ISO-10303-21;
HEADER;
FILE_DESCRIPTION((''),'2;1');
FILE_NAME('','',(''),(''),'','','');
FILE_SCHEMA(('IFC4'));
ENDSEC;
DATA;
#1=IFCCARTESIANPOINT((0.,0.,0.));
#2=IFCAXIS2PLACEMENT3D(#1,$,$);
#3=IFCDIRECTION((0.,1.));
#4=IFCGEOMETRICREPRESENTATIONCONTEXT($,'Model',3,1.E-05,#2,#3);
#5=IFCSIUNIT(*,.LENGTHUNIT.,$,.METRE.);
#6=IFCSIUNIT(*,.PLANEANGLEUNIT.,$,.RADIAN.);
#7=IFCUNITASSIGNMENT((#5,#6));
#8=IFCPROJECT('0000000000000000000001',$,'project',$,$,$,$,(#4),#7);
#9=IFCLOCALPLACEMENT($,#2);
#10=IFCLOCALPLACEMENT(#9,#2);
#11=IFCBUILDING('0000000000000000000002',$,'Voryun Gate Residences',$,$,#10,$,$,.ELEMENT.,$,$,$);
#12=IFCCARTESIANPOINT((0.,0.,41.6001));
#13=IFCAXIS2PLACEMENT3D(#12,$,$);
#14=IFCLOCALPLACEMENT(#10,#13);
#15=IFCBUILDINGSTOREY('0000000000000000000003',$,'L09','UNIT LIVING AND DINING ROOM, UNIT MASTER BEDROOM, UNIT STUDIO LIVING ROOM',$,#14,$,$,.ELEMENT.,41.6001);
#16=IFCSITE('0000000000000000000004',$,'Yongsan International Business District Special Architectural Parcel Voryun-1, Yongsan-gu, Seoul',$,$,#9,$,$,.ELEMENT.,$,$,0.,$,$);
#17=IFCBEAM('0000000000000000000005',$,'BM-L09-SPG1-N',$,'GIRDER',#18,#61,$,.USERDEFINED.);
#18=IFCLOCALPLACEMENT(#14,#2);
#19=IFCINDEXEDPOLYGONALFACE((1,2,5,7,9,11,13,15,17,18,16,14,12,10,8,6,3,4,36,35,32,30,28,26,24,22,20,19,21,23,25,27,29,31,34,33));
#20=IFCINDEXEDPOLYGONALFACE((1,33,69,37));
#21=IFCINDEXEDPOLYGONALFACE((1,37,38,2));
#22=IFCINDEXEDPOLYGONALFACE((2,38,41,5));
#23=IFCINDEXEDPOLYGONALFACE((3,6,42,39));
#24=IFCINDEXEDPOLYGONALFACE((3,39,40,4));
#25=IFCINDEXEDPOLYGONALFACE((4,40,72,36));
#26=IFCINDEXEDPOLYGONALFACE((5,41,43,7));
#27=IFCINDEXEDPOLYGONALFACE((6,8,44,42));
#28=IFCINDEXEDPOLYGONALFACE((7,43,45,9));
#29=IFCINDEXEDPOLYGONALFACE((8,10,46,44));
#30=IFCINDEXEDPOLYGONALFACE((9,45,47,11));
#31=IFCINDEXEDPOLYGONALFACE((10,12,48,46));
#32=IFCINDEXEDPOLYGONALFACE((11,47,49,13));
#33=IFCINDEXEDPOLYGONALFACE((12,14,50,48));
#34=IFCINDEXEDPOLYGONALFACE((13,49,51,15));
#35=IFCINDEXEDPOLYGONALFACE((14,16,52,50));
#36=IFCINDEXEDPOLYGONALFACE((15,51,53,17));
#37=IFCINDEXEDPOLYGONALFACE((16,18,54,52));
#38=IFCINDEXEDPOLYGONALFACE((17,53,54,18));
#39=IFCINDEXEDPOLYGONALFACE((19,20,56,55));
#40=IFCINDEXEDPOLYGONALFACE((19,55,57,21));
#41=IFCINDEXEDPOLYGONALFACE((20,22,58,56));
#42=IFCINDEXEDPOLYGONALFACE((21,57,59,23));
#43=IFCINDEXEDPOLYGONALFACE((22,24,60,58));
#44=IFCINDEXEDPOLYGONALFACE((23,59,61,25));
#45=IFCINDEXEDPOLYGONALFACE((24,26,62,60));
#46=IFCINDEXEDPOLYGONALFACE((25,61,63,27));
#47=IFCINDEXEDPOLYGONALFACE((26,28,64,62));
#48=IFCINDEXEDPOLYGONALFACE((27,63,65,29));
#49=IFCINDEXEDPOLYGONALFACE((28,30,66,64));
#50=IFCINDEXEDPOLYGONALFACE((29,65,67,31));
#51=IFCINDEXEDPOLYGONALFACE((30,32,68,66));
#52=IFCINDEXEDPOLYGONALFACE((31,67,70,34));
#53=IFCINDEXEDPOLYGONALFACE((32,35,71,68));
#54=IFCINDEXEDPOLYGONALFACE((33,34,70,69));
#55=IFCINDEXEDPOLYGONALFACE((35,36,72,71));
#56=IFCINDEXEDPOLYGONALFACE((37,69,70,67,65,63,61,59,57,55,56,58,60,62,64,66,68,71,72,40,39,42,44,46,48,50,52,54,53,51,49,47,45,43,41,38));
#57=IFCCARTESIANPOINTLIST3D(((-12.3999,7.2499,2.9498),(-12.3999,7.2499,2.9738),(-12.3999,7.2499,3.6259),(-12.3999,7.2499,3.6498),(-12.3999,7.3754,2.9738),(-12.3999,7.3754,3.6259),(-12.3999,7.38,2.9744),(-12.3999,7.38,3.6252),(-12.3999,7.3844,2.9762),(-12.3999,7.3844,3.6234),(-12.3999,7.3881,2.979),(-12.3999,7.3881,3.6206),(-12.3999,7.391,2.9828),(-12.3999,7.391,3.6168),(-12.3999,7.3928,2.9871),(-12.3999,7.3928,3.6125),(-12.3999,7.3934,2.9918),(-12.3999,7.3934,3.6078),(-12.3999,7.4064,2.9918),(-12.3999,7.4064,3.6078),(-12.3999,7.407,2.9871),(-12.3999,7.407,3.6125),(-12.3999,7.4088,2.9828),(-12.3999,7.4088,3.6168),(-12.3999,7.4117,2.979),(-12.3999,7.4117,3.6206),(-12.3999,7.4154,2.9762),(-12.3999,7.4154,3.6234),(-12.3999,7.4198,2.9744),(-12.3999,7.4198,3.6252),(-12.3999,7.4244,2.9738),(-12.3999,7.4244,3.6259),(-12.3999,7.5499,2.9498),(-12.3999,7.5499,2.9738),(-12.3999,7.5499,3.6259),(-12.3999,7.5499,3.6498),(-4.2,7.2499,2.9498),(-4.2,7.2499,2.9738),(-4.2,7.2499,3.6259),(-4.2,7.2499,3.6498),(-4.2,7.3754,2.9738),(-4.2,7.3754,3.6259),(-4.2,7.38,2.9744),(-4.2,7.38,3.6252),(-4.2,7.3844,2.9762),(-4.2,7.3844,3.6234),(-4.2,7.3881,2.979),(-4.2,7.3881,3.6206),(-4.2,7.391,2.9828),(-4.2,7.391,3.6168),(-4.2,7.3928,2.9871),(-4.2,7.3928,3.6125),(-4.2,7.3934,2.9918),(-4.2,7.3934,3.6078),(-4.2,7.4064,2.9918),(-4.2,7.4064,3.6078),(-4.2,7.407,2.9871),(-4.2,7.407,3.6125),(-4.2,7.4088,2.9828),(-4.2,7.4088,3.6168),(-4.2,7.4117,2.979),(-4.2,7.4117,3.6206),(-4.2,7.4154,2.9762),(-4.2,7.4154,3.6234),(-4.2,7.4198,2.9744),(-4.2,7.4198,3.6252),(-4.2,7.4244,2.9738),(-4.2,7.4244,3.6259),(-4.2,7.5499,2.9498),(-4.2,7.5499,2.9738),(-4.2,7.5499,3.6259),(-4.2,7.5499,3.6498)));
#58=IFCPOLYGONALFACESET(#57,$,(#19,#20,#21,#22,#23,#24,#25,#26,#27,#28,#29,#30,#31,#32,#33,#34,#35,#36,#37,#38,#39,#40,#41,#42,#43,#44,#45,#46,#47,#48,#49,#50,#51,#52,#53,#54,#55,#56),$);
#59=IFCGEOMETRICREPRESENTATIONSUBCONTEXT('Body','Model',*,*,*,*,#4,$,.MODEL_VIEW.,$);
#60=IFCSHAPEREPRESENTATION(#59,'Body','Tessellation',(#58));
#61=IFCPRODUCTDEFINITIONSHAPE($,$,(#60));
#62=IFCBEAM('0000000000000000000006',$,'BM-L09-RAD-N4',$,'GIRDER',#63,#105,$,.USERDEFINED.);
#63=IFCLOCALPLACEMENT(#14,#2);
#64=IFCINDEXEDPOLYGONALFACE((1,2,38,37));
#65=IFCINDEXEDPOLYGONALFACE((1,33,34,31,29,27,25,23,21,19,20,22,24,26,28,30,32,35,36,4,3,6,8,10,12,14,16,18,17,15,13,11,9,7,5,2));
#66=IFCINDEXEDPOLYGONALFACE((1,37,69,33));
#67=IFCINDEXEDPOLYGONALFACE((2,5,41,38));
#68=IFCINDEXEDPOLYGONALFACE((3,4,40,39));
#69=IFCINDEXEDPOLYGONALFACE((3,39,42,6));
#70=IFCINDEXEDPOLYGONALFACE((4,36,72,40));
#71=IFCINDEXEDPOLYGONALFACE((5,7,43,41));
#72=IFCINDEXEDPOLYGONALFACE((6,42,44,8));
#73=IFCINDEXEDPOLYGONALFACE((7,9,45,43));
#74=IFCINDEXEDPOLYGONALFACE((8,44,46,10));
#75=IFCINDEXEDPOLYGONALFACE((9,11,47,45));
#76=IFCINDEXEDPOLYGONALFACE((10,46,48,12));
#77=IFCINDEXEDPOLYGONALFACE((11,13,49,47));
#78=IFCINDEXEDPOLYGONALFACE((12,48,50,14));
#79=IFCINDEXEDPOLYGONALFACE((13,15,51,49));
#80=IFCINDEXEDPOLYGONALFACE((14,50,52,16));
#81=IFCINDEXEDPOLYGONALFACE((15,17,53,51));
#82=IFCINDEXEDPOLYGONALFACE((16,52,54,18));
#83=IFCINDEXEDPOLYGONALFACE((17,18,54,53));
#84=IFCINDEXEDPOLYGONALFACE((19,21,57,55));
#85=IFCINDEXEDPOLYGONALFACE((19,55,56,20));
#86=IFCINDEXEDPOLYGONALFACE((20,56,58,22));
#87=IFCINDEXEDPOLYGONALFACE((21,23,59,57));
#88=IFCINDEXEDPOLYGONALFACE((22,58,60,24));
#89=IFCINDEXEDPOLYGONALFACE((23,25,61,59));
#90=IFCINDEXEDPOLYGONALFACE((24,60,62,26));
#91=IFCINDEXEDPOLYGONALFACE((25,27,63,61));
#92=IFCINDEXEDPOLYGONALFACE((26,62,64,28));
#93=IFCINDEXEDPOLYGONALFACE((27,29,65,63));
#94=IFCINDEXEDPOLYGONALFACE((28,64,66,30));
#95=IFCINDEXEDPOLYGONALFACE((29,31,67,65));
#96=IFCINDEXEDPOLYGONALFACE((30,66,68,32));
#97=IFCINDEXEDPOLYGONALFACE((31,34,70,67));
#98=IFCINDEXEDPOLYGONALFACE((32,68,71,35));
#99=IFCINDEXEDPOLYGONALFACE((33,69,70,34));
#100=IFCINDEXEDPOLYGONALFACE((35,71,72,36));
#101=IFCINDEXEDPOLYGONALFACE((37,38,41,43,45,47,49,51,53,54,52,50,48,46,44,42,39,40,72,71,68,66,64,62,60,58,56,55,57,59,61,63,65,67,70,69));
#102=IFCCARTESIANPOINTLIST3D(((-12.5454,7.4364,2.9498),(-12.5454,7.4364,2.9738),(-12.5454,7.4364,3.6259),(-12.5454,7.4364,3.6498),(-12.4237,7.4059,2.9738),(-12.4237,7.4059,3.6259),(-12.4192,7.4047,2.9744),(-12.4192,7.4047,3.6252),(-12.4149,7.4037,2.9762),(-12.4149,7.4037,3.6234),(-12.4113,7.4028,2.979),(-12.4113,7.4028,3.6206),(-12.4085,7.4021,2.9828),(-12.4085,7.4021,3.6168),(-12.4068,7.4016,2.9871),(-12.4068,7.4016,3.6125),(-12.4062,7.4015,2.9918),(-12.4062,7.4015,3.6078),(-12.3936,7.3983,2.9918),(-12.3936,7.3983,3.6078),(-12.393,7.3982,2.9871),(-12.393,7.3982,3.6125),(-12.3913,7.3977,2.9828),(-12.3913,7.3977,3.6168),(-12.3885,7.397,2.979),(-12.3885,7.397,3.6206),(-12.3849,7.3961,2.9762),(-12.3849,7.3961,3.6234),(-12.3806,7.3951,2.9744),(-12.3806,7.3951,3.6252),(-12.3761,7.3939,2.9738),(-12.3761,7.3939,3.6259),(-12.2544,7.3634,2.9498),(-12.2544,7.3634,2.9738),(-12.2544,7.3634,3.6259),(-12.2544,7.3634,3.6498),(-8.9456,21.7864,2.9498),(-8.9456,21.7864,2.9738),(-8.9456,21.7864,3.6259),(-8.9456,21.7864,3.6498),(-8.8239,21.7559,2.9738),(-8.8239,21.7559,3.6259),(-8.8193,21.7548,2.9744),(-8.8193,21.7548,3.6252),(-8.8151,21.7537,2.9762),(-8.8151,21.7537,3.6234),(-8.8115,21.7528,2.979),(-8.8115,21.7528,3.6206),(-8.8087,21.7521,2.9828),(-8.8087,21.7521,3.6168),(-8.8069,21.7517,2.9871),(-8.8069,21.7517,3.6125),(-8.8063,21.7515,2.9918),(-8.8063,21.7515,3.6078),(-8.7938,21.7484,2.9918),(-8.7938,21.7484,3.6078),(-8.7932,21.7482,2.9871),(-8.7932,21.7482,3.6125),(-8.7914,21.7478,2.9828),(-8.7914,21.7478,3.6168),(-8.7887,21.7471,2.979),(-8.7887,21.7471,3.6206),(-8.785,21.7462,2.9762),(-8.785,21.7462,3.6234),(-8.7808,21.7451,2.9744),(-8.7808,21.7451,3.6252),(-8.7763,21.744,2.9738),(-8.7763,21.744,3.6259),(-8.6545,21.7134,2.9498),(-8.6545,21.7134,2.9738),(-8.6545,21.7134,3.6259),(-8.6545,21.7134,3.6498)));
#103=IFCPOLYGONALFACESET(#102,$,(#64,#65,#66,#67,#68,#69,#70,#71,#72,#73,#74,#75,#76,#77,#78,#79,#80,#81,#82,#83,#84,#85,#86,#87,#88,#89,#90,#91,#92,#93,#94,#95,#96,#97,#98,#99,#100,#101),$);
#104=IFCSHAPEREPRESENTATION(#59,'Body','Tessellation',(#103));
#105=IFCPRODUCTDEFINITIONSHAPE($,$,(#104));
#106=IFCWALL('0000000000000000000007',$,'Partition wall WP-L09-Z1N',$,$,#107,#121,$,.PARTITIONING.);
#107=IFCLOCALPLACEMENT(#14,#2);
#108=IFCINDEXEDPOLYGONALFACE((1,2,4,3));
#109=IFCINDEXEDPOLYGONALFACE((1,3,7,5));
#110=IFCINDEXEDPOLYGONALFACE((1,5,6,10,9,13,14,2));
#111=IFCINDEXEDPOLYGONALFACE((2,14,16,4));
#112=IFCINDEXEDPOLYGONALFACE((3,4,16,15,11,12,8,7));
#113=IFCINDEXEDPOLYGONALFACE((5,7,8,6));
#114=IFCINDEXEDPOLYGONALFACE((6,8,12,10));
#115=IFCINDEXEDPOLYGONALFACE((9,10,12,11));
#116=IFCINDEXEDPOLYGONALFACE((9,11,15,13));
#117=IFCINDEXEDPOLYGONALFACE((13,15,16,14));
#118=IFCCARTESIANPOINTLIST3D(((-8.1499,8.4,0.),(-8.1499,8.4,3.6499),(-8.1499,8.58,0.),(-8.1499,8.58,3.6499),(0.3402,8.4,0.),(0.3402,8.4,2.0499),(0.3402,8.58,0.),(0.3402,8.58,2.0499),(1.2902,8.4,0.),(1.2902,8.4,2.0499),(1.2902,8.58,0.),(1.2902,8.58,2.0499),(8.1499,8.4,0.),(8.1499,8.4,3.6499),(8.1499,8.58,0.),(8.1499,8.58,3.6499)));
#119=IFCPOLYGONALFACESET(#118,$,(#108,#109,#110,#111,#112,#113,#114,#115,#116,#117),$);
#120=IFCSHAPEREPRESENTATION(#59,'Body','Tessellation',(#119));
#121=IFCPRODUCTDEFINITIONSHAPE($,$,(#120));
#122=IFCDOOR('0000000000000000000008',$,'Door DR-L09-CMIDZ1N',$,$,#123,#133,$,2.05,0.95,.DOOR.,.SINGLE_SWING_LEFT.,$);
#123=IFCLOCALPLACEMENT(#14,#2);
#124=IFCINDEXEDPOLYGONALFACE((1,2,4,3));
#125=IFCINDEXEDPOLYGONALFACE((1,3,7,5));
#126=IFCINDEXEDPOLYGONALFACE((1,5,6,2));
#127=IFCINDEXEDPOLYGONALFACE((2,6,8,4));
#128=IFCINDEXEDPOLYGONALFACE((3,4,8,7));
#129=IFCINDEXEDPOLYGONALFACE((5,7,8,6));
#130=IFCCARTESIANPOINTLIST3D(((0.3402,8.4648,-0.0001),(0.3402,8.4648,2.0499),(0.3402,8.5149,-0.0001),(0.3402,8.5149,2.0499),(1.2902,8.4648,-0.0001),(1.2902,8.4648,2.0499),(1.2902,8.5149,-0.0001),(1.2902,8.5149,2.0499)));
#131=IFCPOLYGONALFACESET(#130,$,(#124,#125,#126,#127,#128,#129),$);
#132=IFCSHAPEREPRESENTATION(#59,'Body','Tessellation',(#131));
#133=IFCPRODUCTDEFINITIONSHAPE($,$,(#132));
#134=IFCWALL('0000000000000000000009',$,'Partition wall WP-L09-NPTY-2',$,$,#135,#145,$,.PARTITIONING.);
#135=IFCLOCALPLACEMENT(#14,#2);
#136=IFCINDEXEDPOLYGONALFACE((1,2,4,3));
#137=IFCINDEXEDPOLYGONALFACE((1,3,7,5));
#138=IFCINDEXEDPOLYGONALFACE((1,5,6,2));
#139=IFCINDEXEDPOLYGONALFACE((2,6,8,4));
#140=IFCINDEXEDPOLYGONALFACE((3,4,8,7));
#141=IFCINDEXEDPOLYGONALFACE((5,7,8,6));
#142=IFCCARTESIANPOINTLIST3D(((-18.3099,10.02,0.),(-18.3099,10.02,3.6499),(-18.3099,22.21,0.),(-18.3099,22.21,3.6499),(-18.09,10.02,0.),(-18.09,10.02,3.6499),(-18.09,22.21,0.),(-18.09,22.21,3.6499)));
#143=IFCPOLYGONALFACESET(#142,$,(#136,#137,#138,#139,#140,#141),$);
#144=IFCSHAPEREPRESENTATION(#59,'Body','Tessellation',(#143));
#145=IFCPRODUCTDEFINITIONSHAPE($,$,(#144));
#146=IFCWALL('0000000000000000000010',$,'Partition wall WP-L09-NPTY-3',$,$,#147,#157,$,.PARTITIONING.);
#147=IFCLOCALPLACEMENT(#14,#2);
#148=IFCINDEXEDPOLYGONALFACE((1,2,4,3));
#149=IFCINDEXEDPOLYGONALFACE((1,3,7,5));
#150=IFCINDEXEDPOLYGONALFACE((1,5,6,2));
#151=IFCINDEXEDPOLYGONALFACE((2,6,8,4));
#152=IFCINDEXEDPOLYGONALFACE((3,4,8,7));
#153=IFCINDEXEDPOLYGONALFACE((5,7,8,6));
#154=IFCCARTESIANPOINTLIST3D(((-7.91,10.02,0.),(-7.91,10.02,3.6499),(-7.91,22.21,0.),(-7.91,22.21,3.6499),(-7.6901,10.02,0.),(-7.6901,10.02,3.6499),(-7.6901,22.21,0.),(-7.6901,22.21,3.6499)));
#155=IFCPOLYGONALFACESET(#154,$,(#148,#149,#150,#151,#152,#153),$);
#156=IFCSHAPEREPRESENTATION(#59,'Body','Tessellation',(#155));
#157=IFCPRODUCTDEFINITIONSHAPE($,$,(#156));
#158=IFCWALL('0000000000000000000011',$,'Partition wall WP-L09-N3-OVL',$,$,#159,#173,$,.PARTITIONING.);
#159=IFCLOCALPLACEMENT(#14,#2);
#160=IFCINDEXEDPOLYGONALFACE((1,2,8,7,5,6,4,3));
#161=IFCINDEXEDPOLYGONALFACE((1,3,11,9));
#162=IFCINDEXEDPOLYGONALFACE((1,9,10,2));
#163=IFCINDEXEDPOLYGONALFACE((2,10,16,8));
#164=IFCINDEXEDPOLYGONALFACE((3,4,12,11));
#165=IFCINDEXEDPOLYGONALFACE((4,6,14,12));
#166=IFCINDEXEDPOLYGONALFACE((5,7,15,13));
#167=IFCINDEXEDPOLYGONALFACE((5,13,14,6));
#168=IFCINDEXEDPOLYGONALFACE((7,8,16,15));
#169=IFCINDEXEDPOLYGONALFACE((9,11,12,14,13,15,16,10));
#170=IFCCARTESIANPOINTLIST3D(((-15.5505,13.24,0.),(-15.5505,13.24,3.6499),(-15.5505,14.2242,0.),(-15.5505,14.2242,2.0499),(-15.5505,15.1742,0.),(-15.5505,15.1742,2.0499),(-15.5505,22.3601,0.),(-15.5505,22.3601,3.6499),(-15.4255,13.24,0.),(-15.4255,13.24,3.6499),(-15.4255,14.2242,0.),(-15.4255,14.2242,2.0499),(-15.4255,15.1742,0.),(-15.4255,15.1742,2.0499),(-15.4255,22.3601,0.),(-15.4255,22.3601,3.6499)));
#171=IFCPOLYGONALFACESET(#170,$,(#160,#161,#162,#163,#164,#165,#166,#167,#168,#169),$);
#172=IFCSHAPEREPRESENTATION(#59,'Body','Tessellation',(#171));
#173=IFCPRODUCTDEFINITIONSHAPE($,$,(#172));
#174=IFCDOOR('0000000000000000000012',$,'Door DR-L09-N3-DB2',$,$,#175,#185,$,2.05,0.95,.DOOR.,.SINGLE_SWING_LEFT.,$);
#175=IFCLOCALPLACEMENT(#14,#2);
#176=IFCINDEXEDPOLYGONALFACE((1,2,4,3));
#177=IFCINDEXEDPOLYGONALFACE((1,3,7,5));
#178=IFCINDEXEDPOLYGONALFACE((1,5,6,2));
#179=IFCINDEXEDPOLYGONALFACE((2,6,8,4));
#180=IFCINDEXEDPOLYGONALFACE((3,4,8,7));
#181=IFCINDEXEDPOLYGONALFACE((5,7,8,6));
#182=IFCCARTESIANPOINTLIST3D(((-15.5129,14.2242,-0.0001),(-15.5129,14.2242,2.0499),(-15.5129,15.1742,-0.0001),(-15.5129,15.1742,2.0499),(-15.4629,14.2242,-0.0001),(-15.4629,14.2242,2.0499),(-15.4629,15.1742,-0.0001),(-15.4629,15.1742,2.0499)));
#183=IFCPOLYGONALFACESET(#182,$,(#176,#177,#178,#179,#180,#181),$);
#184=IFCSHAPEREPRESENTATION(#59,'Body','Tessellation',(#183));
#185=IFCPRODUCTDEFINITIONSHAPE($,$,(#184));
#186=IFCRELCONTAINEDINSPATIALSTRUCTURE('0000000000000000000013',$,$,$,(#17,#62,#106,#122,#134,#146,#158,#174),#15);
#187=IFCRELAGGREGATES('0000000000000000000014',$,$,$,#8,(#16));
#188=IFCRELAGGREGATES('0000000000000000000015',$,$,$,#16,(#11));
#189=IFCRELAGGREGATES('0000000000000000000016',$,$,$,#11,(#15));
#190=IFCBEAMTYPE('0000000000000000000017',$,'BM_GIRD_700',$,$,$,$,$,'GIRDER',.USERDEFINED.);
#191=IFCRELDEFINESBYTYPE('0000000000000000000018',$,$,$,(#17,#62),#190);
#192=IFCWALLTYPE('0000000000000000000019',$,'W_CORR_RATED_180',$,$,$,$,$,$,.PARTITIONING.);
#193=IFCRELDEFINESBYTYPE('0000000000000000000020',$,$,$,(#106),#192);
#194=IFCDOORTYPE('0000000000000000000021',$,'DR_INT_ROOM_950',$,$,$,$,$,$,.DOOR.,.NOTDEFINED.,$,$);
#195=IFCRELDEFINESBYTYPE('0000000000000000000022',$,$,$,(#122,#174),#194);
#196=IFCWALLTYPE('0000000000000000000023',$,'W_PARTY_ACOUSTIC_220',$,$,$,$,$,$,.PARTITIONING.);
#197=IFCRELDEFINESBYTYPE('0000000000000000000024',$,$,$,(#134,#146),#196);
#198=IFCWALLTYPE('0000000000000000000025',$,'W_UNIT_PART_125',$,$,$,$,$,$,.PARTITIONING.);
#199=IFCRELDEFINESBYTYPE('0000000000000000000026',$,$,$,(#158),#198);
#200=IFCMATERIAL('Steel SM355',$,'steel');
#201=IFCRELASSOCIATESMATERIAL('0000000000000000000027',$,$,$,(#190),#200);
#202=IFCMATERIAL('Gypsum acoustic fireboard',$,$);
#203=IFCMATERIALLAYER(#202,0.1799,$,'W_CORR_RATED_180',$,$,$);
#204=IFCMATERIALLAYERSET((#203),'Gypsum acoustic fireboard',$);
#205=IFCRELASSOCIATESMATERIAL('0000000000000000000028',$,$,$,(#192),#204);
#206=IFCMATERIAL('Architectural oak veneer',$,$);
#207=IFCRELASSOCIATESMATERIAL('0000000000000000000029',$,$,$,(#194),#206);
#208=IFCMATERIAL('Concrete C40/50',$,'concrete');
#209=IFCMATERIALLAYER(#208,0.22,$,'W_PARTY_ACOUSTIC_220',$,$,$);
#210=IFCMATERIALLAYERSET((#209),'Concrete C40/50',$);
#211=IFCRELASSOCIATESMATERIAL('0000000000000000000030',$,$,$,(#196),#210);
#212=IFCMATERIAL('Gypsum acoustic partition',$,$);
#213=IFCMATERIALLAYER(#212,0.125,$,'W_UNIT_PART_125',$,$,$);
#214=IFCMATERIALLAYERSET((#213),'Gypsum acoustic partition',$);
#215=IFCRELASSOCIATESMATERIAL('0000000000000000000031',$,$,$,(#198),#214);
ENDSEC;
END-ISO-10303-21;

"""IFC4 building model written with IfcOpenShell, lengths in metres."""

from ifc_helpers import new_model, si_unit, direction, frame, frame_2d, origin, origin_2d, place, context, subcontext, project, spatial, rectangle, i_section, extrude, material, layer, layer_set, material_profile, profile_set, type_object, element, fill, save


model = new_model("IFC4")

# Units and contexts
model_context = context("Model", 3, precision=1e-05, world=origin(), true_north=direction((0.0, 1.0)))
body_context = subcontext(model_context, "Body", "Model", "MODEL_VIEW")
ifc_project = project(units=[si_unit("LENGTHUNIT", "METRE"), si_unit("PLANEANGLEUNIT", "RADIAN")], contexts=[model_context])

# Site, building, storey
site_placement = place(None, origin())
site = spatial("IfcSite", under=ifc_project, at=site_placement, Name="Yongsan International Business District Special Architectural Parcel Voryun-1, Yongsan-gu, Seoul", CompositionType="ELEMENT", RefElevation=0.0)
building_placement = place(site_placement, origin())
building = spatial("IfcBuilding", under=site, at=building_placement, Name="Voryun Gate Residences", CompositionType="ELEMENT")
storey_placement = place(building_placement, frame((0.0, 0.0, 41.6001)))
storey = spatial("IfcBuildingStorey", under=building, at=storey_placement, Name="L09", Description="UNIT LIVING AND DINING ROOM, UNIT MASTER BEDROOM, UNIT STUDIO LIVING ROOM", CompositionType="ELEMENT", Elevation=41.6001)

# Beams
ifc_material_1 = material(Name="Steel SM355", Category="steel")
ifc_material_profile_1 = material_profile(ifc_material_1, i_section(OverallWidth=0.3, OverallDepth=0.7, WebThickness=0.0129, FlangeThickness=0.0239, FilletRadius=0.0181, at=origin_2d()), Name="H-700x300x13x24")
ifc_profile_set_1 = profile_set([ifc_material_profile_1], Name="Steel SM355")
beam_type_1 = type_object("IfcBeamType", Name="BM_GIRD_700", ElementType="GIRDER", PredefinedType="USERDEFINED", material=ifc_profile_set_1)
beam_1_placement = place(storey_placement, frame((-12.3999, 7.3999, 3.2998), z_axis=(1.0, 0.0, 0.0), x_axis=(0.0, 1.0, 0.0)))
element("IfcBeam", 1, at=beam_1_placement, inside=storey, type_object=beam_type_1, Name="BM-L09-SPG1-N", ObjectType="GIRDER", PredefinedType="USERDEFINED", context=body_context, shape_type="SweptSolid", body=[
    extrude(i_section(OverallWidth=0.3, OverallDepth=0.7, WebThickness=0.0129, FlangeThickness=0.0239, FilletRadius=0.0181, at=origin_2d()), origin(), (0.0, 0.0, 1.0), 8.2),
])
beam_2_placement = place(storey_placement, frame((-12.3999, 7.3999, 3.2998), z_axis=(0.24332, 0.969946, 0.0), x_axis=(-0.969946, 0.24332, 0.0)))
element("IfcBeam", 2, at=beam_2_placement, inside=storey, type_object=beam_type_1, Name="BM-L09-RAD-N4", ObjectType="GIRDER", PredefinedType="USERDEFINED", context=body_context, shape_type="SweptSolid", body=[
    extrude(i_section(OverallWidth=0.3, OverallDepth=0.7, WebThickness=0.0129, FlangeThickness=0.0239, FilletRadius=0.0181, at=origin_2d()), origin(), (0.0, 0.0, 1.0), 14.7947),
])

# Wall, opening, door
ifc_material_2 = material(Name="Gypsum acoustic fireboard")
ifc_layer_1 = layer(ifc_material_2, 0.1799, Name="W_CORR_RATED_180")
ifc_layer_set_1 = layer_set([ifc_layer_1], Name="Gypsum acoustic fireboard")
wall_type_1 = type_object("IfcWallType", Name="W_CORR_RATED_180", PredefinedType="PARTITIONING", material=ifc_layer_set_1)
wall_1_placement = place(storey_placement, frame((-8.1499, 8.49, 0.0), z_axis=(0.0, 0.0, 1.0), x_axis=(1.0, 0.0, 0.0)))
wall_1 = element("IfcWall", 3, at=wall_1_placement, inside=storey, type_object=wall_type_1, Name="Partition wall WP-L09-Z1N", PredefinedType="PARTITIONING", context=body_context, shape_type="SweptSolid", body=[
    extrude(rectangle(XDim=16.2998, YDim=0.1799, at=frame_2d((8.1499, 0.0))), origin(), (0.0, 0.0, 1.0), 3.6499),
])
opening_1_placement = place(wall_1_placement, frame((8.49, 0.0, 0.0)))
opening_1 = element("IfcOpeningElement", 4, at=opening_1_placement, cuts=wall_1, PredefinedType="OPENING", context=body_context, shape_type="SweptSolid", body=[
    extrude(rectangle(XDim=0.95, YDim=2.05, at=frame_2d((0.4751, 1.0249))), frame((0.0, 0.0999, 0.0), z_axis=(0.0, -1.0, 0.0), x_axis=(1.0, 0.0, 0.0)), (0.0, 0.0, 1.0), 0.2),
])
ifc_material_3 = material(Name="Architectural oak veneer")
door_type_1 = type_object("IfcDoorType", Name="DR_INT_ROOM_950", OperationType="NOTDEFINED", PredefinedType="DOOR", material=ifc_material_3)
door_1_placement = place(opening_1_placement, origin())
door_1 = element("IfcDoor", 5, at=door_1_placement, inside=storey, type_object=door_type_1, Name="Door DR-L09-CMIDZ1N", OperationType="SINGLE_SWING_LEFT", OverallHeight=2.05, OverallWidth=0.95, PredefinedType="DOOR", context=body_context, shape_type="SweptSolid", body=[
    extrude(rectangle(XDim=0.95, YDim=2.05, at=frame_2d((0.4751, 1.0249))), frame((0.0, 0.0249, 0.0), z_axis=(0.0, -1.0, 0.0), x_axis=(1.0, 0.0, 0.0)), (0.0, 0.0, 1.0), 0.05),
])
fill(opening_1, door_1)

# Walls
ifc_material_4 = material(Name="Concrete C40/50", Category="concrete")
ifc_layer_2 = layer(ifc_material_4, 0.22, Name="W_PARTY_ACOUSTIC_220")
ifc_layer_set_2 = layer_set([ifc_layer_2], Name="Concrete C40/50")
wall_type_2 = type_object("IfcWallType", Name="W_PARTY_ACOUSTIC_220", PredefinedType="PARTITIONING", material=ifc_layer_set_2)
for number, where, z_axis, x_axis, name in (
    (6, (-18.2, 10.02, 0.0), (0.0, 0.0, 1.0), (0.0, 1.0, 0.0), "Partition wall WP-L09-NPTY-2"),
    (7, (-7.8, 10.02, 0.0), (0.0, 0.0, 1.0), (0.0, 1.0, 0.0), "Partition wall WP-L09-NPTY-3"),
):
    element("IfcWall", number, at=place(storey_placement, frame(where, z_axis=z_axis, x_axis=x_axis)), inside=storey, type_object=wall_type_2, Name=name, PredefinedType="PARTITIONING", context=body_context, shape_type="SweptSolid", body=[
        extrude(rectangle(XDim=12.1899, YDim=0.22, at=frame_2d((6.095, 0.0))), origin(), (0.0, 0.0, 1.0), 3.6499),
    ])

# Wall, opening, door
ifc_material_5 = material(Name="Gypsum acoustic partition")
ifc_layer_3 = layer(ifc_material_5, 0.125, Name="W_UNIT_PART_125")
ifc_layer_set_3 = layer_set([ifc_layer_3], Name="Gypsum acoustic partition")
wall_type_3 = type_object("IfcWallType", Name="W_UNIT_PART_125", PredefinedType="PARTITIONING", material=ifc_layer_set_3)
wall_2_placement = place(storey_placement, frame((-15.488, 13.24, 0.0), z_axis=(0.0, 0.0, 1.0), x_axis=(0.0, 1.0, 0.0)))
wall_2 = element("IfcWall", 8, at=wall_2_placement, inside=storey, type_object=wall_type_3, Name="Partition wall WP-L09-N3-OVL", PredefinedType="PARTITIONING", context=body_context, shape_type="SweptSolid", body=[
    extrude(rectangle(XDim=9.1201, YDim=0.125, at=frame_2d((4.5601, 0.0))), origin(), (0.0, 0.0, 1.0), 3.6499),
])
opening_2_placement = place(wall_2_placement, frame((0.9841, 0.0, 0.0)))
opening_2 = element("IfcOpeningElement", 9, at=opening_2_placement, cuts=wall_2, PredefinedType="OPENING", context=body_context, shape_type="SweptSolid", body=[
    extrude(rectangle(XDim=0.95, YDim=2.05, at=frame_2d((0.4751, 1.0249))), frame((0.0, 0.0725, 0.0), z_axis=(0.0, -1.0, 0.0), x_axis=(1.0, 0.0, 0.0)), (0.0, 0.0, 1.0), 0.145),
])
door_2_placement = place(opening_2_placement, origin())
door_2 = element("IfcDoor", 10, at=door_2_placement, inside=storey, type_object=door_type_1, Name="Door DR-L09-N3-DB2", OperationType="SINGLE_SWING_LEFT", OverallHeight=2.05, OverallWidth=0.95, PredefinedType="DOOR", context=body_context, shape_type="SweptSolid", body=[
    extrude(rectangle(XDim=0.95, YDim=2.05, at=frame_2d((0.4751, 1.0249))), frame((0.0, 0.0249, 0.0), z_axis=(0.0, -1.0, 0.0), x_axis=(1.0, 0.0, 0.0)), (0.0, 0.0, 1.0), 0.05),
])
fill(opening_2, door_2)

save(model, "model.ifc")
